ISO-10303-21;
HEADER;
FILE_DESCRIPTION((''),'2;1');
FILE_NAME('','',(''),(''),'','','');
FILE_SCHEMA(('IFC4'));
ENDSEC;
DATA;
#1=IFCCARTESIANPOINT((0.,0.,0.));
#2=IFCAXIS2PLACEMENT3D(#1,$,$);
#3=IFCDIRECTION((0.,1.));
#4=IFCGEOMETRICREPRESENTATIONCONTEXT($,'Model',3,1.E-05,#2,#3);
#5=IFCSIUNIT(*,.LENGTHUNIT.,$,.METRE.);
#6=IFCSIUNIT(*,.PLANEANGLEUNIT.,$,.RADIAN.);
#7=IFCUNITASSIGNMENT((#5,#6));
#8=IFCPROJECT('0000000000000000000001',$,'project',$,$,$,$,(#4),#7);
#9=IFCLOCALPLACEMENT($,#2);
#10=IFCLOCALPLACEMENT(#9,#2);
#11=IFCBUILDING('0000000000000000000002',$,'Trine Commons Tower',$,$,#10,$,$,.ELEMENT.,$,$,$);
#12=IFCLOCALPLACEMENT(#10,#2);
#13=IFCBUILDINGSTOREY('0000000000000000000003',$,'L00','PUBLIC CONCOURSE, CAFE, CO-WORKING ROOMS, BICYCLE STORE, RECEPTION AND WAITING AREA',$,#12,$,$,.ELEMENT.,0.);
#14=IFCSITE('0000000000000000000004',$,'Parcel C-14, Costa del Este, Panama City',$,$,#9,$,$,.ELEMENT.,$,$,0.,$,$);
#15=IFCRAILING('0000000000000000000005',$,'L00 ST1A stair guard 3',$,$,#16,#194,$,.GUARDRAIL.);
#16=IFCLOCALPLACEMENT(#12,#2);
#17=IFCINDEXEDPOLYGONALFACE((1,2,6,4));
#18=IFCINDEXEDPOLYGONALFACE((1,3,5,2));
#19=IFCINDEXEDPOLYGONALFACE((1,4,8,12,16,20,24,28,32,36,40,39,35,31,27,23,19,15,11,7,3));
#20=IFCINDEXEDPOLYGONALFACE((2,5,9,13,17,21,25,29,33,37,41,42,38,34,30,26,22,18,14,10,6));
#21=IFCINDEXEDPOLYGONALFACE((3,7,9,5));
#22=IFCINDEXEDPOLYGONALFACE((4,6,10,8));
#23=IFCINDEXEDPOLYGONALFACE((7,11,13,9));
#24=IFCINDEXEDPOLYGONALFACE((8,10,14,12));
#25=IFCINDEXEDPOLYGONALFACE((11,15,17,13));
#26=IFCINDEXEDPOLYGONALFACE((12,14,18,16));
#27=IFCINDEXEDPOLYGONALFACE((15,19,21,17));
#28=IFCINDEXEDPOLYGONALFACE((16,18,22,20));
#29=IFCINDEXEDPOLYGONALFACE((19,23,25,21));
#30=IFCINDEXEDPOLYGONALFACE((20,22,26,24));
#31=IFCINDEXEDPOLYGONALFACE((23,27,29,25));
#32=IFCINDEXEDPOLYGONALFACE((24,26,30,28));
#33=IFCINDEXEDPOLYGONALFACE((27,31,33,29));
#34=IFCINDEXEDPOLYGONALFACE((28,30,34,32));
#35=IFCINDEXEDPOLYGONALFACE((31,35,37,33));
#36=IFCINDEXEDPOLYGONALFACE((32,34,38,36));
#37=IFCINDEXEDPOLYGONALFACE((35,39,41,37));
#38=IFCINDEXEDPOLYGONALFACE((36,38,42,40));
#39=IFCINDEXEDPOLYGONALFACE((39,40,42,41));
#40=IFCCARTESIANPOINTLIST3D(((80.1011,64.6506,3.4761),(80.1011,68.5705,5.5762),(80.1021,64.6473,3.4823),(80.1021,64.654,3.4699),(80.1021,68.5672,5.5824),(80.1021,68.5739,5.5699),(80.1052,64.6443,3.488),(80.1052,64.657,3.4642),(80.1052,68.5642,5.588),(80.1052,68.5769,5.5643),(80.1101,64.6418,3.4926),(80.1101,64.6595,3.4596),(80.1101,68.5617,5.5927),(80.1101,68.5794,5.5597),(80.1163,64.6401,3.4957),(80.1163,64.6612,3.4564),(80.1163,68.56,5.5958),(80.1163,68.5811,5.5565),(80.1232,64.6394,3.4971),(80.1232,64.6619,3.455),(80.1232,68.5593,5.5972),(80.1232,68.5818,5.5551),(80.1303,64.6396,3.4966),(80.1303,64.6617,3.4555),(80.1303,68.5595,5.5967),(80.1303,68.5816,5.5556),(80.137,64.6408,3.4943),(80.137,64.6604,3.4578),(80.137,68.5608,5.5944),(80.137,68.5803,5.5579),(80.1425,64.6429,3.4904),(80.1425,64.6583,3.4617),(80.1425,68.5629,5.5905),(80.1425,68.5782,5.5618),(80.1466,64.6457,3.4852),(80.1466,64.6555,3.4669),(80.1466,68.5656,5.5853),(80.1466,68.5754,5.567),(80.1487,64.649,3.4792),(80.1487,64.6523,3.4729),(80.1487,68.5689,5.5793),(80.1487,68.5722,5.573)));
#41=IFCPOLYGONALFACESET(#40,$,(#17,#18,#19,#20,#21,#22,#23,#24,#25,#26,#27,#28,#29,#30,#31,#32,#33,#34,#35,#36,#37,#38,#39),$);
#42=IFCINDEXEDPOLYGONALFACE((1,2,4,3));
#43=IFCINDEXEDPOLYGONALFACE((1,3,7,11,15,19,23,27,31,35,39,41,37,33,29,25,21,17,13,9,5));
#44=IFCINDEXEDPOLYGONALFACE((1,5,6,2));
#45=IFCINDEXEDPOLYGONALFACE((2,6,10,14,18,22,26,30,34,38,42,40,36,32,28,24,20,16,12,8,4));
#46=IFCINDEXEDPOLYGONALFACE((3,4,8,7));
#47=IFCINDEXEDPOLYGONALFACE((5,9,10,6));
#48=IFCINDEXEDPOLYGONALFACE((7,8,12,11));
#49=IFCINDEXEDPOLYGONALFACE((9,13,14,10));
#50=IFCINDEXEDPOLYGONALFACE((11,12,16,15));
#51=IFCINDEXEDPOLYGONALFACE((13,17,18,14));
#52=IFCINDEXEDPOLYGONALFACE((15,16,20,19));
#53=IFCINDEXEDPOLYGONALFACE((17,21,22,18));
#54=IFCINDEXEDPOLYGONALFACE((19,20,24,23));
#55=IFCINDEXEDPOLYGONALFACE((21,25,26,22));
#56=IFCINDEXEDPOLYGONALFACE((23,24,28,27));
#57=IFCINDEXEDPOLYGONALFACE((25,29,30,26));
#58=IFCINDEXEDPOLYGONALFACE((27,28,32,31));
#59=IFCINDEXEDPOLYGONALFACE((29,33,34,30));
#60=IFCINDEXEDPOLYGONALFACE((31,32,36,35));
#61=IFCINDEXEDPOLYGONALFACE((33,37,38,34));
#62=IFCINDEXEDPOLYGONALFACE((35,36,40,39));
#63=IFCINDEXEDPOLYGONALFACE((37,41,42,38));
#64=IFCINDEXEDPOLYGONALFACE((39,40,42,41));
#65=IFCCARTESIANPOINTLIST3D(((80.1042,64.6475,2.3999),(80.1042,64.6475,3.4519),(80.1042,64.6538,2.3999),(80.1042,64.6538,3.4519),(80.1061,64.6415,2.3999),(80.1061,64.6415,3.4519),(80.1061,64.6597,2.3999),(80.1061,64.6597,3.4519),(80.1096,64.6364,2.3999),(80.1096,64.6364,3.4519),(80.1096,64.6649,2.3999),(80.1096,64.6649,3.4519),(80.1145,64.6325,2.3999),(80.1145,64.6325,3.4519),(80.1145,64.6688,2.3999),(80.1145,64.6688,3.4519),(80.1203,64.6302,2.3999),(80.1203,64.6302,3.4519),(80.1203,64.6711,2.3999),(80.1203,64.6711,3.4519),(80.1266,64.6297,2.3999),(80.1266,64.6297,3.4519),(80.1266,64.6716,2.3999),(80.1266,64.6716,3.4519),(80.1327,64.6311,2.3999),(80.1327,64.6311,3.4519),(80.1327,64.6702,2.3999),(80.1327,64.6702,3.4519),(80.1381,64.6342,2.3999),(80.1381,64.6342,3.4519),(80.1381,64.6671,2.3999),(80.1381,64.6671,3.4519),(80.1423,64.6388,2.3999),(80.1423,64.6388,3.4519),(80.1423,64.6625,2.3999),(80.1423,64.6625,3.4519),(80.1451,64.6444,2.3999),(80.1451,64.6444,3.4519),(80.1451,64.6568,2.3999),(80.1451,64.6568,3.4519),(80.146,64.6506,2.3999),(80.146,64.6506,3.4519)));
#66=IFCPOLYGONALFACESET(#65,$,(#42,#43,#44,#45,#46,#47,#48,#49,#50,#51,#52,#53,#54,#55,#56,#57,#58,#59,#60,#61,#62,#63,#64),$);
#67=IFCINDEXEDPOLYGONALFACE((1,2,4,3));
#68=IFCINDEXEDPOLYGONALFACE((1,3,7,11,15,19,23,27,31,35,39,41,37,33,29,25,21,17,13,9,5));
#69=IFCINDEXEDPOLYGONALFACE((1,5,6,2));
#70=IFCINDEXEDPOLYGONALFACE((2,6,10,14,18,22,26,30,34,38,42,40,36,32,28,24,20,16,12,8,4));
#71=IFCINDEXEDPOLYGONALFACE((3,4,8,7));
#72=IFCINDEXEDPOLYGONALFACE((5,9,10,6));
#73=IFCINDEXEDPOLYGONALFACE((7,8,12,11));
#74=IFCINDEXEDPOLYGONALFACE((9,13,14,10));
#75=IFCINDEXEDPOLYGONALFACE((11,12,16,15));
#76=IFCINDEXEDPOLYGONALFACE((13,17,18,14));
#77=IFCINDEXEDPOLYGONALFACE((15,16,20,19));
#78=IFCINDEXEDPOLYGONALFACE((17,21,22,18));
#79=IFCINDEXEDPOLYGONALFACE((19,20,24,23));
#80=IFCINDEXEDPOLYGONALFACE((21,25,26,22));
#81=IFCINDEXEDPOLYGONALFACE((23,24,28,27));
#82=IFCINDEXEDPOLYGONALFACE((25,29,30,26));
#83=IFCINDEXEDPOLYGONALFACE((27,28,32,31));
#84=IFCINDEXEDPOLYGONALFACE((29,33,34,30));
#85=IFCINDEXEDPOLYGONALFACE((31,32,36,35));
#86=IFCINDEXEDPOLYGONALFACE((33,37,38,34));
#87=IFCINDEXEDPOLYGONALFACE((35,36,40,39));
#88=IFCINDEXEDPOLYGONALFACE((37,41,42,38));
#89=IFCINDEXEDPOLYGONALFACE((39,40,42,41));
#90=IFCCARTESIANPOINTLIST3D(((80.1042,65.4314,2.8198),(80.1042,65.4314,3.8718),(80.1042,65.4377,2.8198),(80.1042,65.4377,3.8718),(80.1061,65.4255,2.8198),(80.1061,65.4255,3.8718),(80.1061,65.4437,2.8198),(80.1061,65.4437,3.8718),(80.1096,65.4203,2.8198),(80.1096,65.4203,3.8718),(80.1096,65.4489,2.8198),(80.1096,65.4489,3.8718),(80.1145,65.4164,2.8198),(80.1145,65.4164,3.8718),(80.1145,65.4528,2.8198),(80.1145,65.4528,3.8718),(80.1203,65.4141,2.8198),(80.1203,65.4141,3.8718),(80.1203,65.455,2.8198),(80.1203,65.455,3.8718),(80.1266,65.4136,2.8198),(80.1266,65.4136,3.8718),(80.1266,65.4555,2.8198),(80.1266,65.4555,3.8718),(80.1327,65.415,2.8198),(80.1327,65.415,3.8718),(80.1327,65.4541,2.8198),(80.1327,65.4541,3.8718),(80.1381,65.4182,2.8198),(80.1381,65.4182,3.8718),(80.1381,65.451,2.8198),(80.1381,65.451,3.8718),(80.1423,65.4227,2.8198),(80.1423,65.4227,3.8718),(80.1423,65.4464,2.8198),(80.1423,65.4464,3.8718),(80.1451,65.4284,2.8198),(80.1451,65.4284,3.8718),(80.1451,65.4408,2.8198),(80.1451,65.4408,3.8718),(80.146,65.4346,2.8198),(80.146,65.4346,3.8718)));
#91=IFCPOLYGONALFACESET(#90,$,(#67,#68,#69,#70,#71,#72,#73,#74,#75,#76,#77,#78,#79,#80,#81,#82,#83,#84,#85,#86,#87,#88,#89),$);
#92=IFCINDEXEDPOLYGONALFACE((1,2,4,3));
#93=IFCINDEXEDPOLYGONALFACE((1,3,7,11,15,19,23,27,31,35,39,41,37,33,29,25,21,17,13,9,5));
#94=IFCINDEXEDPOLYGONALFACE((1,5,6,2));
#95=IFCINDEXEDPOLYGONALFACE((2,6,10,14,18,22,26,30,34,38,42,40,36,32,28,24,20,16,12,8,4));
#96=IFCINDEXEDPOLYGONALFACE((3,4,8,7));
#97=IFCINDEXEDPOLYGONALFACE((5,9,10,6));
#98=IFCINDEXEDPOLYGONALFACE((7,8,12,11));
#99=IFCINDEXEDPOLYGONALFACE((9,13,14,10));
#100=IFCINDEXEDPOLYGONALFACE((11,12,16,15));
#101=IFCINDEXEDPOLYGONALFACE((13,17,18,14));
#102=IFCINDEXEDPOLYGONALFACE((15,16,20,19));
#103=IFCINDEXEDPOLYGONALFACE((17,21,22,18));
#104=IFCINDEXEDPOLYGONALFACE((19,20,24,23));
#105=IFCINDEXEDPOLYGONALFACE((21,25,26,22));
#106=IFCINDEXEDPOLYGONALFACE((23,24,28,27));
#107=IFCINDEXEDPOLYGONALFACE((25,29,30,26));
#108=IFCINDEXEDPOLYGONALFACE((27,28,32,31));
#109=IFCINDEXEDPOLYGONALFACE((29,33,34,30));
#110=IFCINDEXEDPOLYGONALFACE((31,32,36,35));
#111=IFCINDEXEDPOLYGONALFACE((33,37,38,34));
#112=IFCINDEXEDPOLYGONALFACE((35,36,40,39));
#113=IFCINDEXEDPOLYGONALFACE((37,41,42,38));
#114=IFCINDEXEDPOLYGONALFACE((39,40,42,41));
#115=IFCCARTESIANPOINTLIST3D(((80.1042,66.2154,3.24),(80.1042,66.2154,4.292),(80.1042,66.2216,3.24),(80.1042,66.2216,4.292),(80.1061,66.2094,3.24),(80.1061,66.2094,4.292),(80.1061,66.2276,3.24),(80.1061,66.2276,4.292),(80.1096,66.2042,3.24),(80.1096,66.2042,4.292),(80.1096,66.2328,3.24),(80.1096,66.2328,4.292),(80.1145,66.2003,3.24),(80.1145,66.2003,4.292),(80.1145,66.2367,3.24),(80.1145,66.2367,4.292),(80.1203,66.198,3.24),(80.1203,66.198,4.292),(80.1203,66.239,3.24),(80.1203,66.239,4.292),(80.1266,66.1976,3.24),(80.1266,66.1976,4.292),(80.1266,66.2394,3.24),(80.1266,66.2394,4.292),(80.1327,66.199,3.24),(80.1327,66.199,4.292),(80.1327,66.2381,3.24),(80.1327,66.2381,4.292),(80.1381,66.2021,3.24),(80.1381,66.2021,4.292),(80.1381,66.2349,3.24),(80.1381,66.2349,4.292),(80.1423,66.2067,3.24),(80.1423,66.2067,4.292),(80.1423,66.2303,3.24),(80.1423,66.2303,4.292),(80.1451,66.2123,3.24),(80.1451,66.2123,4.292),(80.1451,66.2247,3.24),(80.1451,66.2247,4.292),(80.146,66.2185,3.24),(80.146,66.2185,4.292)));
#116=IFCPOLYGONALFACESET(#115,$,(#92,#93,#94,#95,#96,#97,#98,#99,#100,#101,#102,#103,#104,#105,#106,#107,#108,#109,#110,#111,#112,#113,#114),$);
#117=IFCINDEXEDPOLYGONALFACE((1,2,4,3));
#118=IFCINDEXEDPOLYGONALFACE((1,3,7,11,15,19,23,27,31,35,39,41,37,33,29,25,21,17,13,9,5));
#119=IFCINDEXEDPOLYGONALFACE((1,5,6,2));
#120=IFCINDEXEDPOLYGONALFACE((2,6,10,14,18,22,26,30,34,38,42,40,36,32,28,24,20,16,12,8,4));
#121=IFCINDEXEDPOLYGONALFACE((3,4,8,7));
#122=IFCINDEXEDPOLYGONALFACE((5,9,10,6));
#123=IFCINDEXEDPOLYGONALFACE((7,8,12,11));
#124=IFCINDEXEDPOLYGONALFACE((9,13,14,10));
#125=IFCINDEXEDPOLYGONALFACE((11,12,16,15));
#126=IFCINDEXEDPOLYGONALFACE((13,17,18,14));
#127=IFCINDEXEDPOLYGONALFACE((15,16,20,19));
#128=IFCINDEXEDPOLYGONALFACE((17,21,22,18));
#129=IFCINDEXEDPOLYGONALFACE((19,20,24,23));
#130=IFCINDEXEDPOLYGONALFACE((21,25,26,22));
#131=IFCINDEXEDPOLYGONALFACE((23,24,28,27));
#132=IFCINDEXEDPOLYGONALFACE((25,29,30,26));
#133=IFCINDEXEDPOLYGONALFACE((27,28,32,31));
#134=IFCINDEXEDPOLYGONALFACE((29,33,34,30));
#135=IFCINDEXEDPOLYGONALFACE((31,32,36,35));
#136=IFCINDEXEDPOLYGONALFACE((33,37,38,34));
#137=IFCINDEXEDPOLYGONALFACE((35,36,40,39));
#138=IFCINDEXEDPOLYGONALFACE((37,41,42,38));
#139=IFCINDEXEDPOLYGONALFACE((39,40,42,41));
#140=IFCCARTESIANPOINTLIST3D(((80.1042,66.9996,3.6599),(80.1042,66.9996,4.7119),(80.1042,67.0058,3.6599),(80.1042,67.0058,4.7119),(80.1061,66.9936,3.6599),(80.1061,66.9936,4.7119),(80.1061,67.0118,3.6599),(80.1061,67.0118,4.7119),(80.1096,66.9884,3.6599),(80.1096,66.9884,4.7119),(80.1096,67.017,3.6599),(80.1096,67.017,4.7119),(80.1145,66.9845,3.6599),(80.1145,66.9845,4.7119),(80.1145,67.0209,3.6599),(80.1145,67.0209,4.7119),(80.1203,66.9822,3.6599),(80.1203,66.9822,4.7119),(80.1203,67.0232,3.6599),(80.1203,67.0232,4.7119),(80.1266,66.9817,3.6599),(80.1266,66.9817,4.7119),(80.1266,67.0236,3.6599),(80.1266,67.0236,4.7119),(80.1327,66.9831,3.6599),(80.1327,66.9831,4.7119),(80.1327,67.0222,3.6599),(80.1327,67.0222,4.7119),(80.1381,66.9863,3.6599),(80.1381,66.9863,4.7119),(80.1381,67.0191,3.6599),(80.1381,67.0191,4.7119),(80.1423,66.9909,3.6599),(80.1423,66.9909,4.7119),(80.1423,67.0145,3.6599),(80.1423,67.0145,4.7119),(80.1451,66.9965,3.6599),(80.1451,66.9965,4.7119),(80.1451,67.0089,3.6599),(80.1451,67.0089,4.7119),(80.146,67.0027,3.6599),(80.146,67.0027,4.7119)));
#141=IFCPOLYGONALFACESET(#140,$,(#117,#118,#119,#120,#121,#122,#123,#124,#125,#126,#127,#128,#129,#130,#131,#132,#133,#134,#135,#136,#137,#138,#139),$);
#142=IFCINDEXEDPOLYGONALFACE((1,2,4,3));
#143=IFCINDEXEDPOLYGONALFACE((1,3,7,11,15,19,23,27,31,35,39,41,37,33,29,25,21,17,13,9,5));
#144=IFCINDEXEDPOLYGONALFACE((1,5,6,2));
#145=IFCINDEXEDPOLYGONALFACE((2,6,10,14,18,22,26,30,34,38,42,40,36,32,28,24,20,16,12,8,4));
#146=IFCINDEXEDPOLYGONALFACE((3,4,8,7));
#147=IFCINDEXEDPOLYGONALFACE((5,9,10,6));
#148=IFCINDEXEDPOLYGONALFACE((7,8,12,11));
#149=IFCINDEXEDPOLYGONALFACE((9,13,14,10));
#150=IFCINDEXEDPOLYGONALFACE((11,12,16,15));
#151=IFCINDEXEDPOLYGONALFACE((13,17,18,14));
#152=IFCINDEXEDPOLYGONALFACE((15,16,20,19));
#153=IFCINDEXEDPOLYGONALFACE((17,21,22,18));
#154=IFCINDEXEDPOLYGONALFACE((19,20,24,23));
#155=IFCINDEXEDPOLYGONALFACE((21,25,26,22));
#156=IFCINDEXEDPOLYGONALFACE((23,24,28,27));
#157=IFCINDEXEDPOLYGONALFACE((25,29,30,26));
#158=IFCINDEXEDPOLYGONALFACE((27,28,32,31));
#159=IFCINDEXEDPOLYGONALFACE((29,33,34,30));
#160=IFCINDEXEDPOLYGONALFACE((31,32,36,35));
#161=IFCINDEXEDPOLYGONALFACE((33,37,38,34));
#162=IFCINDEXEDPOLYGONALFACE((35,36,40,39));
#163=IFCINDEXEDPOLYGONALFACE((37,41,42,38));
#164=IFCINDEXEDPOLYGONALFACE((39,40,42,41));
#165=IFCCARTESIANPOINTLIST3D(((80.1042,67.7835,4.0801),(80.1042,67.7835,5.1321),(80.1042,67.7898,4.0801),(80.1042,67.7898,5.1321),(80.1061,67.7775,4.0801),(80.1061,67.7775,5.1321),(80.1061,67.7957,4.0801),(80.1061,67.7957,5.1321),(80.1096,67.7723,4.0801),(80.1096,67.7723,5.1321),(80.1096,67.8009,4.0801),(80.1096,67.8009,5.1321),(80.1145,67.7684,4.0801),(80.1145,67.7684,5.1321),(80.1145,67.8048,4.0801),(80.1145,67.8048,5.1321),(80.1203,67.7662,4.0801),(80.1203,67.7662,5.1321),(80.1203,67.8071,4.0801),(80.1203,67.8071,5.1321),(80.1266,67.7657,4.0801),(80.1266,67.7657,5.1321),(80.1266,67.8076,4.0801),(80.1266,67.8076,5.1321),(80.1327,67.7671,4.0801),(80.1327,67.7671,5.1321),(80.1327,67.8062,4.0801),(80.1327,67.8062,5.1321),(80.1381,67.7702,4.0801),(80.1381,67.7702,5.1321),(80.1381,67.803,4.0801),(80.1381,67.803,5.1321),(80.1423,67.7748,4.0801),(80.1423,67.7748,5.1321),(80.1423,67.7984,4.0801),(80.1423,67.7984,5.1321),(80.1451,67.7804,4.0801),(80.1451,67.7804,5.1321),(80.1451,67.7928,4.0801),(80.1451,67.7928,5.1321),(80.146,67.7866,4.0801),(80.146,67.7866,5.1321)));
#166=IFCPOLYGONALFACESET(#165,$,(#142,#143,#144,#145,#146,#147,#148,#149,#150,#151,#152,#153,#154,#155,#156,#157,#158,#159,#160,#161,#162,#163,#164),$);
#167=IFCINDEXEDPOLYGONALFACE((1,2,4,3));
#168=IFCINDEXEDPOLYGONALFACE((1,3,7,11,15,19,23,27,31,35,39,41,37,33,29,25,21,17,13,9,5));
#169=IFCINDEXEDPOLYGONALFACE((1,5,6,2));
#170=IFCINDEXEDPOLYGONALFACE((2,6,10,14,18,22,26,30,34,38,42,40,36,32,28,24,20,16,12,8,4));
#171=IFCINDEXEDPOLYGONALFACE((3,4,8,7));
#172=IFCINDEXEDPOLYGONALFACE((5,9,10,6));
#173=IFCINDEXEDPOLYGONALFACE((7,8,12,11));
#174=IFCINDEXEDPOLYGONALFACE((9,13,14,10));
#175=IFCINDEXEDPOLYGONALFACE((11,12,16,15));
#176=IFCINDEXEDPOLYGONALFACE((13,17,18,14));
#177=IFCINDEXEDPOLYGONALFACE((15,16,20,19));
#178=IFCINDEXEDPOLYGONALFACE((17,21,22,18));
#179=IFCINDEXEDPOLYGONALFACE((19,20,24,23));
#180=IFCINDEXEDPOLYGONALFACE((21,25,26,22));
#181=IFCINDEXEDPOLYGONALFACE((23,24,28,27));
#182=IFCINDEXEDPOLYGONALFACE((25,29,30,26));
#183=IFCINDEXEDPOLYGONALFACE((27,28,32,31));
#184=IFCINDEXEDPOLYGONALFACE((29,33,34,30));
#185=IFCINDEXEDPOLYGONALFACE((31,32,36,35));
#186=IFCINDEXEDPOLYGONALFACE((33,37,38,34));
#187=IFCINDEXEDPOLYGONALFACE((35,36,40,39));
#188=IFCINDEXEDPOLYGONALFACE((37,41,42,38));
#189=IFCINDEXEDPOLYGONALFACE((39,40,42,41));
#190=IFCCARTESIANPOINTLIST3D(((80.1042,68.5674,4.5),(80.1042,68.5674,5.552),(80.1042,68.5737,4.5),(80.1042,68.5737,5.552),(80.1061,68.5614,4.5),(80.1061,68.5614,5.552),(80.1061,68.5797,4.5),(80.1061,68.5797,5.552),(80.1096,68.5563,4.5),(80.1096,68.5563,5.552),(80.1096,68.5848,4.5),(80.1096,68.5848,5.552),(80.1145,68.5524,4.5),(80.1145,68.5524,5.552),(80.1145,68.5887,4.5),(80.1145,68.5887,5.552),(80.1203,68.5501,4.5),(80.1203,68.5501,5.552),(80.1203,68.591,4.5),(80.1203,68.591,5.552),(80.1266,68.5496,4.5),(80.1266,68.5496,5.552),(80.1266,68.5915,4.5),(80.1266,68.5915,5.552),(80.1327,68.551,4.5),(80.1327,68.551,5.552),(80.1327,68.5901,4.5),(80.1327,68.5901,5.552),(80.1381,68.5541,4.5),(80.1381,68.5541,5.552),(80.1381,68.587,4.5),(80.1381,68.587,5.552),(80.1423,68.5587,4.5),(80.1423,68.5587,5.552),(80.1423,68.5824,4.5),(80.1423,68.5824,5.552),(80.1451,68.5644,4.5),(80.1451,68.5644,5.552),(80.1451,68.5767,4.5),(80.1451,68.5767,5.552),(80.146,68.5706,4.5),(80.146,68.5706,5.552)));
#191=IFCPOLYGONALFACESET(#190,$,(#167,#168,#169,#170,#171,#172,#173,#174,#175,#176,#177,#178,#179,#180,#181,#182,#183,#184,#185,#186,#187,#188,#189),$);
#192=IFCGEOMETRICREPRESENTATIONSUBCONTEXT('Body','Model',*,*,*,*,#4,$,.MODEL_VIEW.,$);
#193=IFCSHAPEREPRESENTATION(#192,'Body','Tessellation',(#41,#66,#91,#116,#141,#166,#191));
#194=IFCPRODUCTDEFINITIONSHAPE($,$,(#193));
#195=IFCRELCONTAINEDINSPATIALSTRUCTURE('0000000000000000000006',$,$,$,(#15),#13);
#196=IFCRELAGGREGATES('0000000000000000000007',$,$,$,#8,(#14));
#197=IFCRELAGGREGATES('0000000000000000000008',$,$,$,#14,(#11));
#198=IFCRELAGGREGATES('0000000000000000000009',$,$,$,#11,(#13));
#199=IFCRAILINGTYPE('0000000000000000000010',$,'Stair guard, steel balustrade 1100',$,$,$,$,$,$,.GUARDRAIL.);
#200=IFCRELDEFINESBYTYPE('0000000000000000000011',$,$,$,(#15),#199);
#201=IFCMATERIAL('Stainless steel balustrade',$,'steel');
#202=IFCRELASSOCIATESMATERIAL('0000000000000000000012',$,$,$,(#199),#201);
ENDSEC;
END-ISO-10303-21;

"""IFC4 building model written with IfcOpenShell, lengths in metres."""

from ifc_helpers import new_model, si_unit, direction, frame, origin, origin_2d, place, context, subcontext, project, spatial, circle, extrude, material, type_object, element, save


model = new_model("IFC4")

# Units and contexts
model_context = context("Model", 3, precision=1e-05, world=origin(), true_north=direction((0.0, 1.0)))
body_context = subcontext(model_context, "Body", "Model", "MODEL_VIEW")
ifc_project = project(units=[si_unit("LENGTHUNIT", "METRE"), si_unit("PLANEANGLEUNIT", "RADIAN")], contexts=[model_context])

# Site, building, storey
site_placement = place(None, origin())
site = spatial("IfcSite", under=ifc_project, at=site_placement, Name="Parcel C-14, Costa del Este, Panama City", CompositionType="ELEMENT", RefElevation=0.0)
building_placement = place(site_placement, origin())
building = spatial("IfcBuilding", under=site, at=building_placement, Name="Trine Commons Tower", CompositionType="ELEMENT")
storey_placement = place(building_placement, origin())
storey = spatial("IfcBuildingStorey", under=building, at=storey_placement, Name="L00", Description="PUBLIC CONCOURSE, CAFE, CO-WORKING ROOMS, BICYCLE STORE, RECEPTION AND WAITING AREA", CompositionType="ELEMENT", Elevation=0.0)

# Railing
ifc_material_1 = material(Name="Stainless steel balustrade", Category="steel")
railing_type_1 = type_object("IfcRailingType", Name="Stair guard, steel balustrade 1100", PredefinedType="GUARDRAIL", material=ifc_material_1)
railing_1_placement = place(storey_placement, frame((80.125, 64.6506, 2.3999)))
element("IfcRailing", 1, at=railing_1_placement, inside=storey, type_object=railing_type_1, Name="L00 ST1A stair guard 3", PredefinedType="GUARDRAIL", context=body_context, shape_type="SweptSolid", body=[
    extrude(circle(Radius=0.0239, at=origin_2d()), frame((0.0, 0.0, 1.0762), z_axis=(0.0, 0.881467, 0.472246), x_axis=(-1.0, 0.0, 0.0)), (0.0, 0.0, 1.0), 4.447),
    extrude(circle(Radius=0.021, at=origin_2d()), origin(), (0.0, 0.0, 1.0), 1.052),
    extrude(circle(Radius=0.021, at=origin_2d()), frame((0.0, 0.7839, 0.4199)), (0.0, 0.0, 1.0), 1.052),
    extrude(circle(Radius=0.021, at=origin_2d()), frame((0.0, 1.5679, 0.8401)), (0.0, 0.0, 1.0), 1.052),
    extrude(circle(Radius=0.021, at=origin_2d()), frame((0.0, 2.3521, 1.26)), (0.0, 0.0, 1.0), 1.052),
    extrude(circle(Radius=0.021, at=origin_2d()), frame((0.0, 3.136, 1.6802)), (0.0, 0.0, 1.0), 1.052),
    extrude(circle(Radius=0.021, at=origin_2d()), frame((0.0, 3.9199, 2.1001)), (0.0, 0.0, 1.0), 1.052),
])

save(model, "model.ifc")
